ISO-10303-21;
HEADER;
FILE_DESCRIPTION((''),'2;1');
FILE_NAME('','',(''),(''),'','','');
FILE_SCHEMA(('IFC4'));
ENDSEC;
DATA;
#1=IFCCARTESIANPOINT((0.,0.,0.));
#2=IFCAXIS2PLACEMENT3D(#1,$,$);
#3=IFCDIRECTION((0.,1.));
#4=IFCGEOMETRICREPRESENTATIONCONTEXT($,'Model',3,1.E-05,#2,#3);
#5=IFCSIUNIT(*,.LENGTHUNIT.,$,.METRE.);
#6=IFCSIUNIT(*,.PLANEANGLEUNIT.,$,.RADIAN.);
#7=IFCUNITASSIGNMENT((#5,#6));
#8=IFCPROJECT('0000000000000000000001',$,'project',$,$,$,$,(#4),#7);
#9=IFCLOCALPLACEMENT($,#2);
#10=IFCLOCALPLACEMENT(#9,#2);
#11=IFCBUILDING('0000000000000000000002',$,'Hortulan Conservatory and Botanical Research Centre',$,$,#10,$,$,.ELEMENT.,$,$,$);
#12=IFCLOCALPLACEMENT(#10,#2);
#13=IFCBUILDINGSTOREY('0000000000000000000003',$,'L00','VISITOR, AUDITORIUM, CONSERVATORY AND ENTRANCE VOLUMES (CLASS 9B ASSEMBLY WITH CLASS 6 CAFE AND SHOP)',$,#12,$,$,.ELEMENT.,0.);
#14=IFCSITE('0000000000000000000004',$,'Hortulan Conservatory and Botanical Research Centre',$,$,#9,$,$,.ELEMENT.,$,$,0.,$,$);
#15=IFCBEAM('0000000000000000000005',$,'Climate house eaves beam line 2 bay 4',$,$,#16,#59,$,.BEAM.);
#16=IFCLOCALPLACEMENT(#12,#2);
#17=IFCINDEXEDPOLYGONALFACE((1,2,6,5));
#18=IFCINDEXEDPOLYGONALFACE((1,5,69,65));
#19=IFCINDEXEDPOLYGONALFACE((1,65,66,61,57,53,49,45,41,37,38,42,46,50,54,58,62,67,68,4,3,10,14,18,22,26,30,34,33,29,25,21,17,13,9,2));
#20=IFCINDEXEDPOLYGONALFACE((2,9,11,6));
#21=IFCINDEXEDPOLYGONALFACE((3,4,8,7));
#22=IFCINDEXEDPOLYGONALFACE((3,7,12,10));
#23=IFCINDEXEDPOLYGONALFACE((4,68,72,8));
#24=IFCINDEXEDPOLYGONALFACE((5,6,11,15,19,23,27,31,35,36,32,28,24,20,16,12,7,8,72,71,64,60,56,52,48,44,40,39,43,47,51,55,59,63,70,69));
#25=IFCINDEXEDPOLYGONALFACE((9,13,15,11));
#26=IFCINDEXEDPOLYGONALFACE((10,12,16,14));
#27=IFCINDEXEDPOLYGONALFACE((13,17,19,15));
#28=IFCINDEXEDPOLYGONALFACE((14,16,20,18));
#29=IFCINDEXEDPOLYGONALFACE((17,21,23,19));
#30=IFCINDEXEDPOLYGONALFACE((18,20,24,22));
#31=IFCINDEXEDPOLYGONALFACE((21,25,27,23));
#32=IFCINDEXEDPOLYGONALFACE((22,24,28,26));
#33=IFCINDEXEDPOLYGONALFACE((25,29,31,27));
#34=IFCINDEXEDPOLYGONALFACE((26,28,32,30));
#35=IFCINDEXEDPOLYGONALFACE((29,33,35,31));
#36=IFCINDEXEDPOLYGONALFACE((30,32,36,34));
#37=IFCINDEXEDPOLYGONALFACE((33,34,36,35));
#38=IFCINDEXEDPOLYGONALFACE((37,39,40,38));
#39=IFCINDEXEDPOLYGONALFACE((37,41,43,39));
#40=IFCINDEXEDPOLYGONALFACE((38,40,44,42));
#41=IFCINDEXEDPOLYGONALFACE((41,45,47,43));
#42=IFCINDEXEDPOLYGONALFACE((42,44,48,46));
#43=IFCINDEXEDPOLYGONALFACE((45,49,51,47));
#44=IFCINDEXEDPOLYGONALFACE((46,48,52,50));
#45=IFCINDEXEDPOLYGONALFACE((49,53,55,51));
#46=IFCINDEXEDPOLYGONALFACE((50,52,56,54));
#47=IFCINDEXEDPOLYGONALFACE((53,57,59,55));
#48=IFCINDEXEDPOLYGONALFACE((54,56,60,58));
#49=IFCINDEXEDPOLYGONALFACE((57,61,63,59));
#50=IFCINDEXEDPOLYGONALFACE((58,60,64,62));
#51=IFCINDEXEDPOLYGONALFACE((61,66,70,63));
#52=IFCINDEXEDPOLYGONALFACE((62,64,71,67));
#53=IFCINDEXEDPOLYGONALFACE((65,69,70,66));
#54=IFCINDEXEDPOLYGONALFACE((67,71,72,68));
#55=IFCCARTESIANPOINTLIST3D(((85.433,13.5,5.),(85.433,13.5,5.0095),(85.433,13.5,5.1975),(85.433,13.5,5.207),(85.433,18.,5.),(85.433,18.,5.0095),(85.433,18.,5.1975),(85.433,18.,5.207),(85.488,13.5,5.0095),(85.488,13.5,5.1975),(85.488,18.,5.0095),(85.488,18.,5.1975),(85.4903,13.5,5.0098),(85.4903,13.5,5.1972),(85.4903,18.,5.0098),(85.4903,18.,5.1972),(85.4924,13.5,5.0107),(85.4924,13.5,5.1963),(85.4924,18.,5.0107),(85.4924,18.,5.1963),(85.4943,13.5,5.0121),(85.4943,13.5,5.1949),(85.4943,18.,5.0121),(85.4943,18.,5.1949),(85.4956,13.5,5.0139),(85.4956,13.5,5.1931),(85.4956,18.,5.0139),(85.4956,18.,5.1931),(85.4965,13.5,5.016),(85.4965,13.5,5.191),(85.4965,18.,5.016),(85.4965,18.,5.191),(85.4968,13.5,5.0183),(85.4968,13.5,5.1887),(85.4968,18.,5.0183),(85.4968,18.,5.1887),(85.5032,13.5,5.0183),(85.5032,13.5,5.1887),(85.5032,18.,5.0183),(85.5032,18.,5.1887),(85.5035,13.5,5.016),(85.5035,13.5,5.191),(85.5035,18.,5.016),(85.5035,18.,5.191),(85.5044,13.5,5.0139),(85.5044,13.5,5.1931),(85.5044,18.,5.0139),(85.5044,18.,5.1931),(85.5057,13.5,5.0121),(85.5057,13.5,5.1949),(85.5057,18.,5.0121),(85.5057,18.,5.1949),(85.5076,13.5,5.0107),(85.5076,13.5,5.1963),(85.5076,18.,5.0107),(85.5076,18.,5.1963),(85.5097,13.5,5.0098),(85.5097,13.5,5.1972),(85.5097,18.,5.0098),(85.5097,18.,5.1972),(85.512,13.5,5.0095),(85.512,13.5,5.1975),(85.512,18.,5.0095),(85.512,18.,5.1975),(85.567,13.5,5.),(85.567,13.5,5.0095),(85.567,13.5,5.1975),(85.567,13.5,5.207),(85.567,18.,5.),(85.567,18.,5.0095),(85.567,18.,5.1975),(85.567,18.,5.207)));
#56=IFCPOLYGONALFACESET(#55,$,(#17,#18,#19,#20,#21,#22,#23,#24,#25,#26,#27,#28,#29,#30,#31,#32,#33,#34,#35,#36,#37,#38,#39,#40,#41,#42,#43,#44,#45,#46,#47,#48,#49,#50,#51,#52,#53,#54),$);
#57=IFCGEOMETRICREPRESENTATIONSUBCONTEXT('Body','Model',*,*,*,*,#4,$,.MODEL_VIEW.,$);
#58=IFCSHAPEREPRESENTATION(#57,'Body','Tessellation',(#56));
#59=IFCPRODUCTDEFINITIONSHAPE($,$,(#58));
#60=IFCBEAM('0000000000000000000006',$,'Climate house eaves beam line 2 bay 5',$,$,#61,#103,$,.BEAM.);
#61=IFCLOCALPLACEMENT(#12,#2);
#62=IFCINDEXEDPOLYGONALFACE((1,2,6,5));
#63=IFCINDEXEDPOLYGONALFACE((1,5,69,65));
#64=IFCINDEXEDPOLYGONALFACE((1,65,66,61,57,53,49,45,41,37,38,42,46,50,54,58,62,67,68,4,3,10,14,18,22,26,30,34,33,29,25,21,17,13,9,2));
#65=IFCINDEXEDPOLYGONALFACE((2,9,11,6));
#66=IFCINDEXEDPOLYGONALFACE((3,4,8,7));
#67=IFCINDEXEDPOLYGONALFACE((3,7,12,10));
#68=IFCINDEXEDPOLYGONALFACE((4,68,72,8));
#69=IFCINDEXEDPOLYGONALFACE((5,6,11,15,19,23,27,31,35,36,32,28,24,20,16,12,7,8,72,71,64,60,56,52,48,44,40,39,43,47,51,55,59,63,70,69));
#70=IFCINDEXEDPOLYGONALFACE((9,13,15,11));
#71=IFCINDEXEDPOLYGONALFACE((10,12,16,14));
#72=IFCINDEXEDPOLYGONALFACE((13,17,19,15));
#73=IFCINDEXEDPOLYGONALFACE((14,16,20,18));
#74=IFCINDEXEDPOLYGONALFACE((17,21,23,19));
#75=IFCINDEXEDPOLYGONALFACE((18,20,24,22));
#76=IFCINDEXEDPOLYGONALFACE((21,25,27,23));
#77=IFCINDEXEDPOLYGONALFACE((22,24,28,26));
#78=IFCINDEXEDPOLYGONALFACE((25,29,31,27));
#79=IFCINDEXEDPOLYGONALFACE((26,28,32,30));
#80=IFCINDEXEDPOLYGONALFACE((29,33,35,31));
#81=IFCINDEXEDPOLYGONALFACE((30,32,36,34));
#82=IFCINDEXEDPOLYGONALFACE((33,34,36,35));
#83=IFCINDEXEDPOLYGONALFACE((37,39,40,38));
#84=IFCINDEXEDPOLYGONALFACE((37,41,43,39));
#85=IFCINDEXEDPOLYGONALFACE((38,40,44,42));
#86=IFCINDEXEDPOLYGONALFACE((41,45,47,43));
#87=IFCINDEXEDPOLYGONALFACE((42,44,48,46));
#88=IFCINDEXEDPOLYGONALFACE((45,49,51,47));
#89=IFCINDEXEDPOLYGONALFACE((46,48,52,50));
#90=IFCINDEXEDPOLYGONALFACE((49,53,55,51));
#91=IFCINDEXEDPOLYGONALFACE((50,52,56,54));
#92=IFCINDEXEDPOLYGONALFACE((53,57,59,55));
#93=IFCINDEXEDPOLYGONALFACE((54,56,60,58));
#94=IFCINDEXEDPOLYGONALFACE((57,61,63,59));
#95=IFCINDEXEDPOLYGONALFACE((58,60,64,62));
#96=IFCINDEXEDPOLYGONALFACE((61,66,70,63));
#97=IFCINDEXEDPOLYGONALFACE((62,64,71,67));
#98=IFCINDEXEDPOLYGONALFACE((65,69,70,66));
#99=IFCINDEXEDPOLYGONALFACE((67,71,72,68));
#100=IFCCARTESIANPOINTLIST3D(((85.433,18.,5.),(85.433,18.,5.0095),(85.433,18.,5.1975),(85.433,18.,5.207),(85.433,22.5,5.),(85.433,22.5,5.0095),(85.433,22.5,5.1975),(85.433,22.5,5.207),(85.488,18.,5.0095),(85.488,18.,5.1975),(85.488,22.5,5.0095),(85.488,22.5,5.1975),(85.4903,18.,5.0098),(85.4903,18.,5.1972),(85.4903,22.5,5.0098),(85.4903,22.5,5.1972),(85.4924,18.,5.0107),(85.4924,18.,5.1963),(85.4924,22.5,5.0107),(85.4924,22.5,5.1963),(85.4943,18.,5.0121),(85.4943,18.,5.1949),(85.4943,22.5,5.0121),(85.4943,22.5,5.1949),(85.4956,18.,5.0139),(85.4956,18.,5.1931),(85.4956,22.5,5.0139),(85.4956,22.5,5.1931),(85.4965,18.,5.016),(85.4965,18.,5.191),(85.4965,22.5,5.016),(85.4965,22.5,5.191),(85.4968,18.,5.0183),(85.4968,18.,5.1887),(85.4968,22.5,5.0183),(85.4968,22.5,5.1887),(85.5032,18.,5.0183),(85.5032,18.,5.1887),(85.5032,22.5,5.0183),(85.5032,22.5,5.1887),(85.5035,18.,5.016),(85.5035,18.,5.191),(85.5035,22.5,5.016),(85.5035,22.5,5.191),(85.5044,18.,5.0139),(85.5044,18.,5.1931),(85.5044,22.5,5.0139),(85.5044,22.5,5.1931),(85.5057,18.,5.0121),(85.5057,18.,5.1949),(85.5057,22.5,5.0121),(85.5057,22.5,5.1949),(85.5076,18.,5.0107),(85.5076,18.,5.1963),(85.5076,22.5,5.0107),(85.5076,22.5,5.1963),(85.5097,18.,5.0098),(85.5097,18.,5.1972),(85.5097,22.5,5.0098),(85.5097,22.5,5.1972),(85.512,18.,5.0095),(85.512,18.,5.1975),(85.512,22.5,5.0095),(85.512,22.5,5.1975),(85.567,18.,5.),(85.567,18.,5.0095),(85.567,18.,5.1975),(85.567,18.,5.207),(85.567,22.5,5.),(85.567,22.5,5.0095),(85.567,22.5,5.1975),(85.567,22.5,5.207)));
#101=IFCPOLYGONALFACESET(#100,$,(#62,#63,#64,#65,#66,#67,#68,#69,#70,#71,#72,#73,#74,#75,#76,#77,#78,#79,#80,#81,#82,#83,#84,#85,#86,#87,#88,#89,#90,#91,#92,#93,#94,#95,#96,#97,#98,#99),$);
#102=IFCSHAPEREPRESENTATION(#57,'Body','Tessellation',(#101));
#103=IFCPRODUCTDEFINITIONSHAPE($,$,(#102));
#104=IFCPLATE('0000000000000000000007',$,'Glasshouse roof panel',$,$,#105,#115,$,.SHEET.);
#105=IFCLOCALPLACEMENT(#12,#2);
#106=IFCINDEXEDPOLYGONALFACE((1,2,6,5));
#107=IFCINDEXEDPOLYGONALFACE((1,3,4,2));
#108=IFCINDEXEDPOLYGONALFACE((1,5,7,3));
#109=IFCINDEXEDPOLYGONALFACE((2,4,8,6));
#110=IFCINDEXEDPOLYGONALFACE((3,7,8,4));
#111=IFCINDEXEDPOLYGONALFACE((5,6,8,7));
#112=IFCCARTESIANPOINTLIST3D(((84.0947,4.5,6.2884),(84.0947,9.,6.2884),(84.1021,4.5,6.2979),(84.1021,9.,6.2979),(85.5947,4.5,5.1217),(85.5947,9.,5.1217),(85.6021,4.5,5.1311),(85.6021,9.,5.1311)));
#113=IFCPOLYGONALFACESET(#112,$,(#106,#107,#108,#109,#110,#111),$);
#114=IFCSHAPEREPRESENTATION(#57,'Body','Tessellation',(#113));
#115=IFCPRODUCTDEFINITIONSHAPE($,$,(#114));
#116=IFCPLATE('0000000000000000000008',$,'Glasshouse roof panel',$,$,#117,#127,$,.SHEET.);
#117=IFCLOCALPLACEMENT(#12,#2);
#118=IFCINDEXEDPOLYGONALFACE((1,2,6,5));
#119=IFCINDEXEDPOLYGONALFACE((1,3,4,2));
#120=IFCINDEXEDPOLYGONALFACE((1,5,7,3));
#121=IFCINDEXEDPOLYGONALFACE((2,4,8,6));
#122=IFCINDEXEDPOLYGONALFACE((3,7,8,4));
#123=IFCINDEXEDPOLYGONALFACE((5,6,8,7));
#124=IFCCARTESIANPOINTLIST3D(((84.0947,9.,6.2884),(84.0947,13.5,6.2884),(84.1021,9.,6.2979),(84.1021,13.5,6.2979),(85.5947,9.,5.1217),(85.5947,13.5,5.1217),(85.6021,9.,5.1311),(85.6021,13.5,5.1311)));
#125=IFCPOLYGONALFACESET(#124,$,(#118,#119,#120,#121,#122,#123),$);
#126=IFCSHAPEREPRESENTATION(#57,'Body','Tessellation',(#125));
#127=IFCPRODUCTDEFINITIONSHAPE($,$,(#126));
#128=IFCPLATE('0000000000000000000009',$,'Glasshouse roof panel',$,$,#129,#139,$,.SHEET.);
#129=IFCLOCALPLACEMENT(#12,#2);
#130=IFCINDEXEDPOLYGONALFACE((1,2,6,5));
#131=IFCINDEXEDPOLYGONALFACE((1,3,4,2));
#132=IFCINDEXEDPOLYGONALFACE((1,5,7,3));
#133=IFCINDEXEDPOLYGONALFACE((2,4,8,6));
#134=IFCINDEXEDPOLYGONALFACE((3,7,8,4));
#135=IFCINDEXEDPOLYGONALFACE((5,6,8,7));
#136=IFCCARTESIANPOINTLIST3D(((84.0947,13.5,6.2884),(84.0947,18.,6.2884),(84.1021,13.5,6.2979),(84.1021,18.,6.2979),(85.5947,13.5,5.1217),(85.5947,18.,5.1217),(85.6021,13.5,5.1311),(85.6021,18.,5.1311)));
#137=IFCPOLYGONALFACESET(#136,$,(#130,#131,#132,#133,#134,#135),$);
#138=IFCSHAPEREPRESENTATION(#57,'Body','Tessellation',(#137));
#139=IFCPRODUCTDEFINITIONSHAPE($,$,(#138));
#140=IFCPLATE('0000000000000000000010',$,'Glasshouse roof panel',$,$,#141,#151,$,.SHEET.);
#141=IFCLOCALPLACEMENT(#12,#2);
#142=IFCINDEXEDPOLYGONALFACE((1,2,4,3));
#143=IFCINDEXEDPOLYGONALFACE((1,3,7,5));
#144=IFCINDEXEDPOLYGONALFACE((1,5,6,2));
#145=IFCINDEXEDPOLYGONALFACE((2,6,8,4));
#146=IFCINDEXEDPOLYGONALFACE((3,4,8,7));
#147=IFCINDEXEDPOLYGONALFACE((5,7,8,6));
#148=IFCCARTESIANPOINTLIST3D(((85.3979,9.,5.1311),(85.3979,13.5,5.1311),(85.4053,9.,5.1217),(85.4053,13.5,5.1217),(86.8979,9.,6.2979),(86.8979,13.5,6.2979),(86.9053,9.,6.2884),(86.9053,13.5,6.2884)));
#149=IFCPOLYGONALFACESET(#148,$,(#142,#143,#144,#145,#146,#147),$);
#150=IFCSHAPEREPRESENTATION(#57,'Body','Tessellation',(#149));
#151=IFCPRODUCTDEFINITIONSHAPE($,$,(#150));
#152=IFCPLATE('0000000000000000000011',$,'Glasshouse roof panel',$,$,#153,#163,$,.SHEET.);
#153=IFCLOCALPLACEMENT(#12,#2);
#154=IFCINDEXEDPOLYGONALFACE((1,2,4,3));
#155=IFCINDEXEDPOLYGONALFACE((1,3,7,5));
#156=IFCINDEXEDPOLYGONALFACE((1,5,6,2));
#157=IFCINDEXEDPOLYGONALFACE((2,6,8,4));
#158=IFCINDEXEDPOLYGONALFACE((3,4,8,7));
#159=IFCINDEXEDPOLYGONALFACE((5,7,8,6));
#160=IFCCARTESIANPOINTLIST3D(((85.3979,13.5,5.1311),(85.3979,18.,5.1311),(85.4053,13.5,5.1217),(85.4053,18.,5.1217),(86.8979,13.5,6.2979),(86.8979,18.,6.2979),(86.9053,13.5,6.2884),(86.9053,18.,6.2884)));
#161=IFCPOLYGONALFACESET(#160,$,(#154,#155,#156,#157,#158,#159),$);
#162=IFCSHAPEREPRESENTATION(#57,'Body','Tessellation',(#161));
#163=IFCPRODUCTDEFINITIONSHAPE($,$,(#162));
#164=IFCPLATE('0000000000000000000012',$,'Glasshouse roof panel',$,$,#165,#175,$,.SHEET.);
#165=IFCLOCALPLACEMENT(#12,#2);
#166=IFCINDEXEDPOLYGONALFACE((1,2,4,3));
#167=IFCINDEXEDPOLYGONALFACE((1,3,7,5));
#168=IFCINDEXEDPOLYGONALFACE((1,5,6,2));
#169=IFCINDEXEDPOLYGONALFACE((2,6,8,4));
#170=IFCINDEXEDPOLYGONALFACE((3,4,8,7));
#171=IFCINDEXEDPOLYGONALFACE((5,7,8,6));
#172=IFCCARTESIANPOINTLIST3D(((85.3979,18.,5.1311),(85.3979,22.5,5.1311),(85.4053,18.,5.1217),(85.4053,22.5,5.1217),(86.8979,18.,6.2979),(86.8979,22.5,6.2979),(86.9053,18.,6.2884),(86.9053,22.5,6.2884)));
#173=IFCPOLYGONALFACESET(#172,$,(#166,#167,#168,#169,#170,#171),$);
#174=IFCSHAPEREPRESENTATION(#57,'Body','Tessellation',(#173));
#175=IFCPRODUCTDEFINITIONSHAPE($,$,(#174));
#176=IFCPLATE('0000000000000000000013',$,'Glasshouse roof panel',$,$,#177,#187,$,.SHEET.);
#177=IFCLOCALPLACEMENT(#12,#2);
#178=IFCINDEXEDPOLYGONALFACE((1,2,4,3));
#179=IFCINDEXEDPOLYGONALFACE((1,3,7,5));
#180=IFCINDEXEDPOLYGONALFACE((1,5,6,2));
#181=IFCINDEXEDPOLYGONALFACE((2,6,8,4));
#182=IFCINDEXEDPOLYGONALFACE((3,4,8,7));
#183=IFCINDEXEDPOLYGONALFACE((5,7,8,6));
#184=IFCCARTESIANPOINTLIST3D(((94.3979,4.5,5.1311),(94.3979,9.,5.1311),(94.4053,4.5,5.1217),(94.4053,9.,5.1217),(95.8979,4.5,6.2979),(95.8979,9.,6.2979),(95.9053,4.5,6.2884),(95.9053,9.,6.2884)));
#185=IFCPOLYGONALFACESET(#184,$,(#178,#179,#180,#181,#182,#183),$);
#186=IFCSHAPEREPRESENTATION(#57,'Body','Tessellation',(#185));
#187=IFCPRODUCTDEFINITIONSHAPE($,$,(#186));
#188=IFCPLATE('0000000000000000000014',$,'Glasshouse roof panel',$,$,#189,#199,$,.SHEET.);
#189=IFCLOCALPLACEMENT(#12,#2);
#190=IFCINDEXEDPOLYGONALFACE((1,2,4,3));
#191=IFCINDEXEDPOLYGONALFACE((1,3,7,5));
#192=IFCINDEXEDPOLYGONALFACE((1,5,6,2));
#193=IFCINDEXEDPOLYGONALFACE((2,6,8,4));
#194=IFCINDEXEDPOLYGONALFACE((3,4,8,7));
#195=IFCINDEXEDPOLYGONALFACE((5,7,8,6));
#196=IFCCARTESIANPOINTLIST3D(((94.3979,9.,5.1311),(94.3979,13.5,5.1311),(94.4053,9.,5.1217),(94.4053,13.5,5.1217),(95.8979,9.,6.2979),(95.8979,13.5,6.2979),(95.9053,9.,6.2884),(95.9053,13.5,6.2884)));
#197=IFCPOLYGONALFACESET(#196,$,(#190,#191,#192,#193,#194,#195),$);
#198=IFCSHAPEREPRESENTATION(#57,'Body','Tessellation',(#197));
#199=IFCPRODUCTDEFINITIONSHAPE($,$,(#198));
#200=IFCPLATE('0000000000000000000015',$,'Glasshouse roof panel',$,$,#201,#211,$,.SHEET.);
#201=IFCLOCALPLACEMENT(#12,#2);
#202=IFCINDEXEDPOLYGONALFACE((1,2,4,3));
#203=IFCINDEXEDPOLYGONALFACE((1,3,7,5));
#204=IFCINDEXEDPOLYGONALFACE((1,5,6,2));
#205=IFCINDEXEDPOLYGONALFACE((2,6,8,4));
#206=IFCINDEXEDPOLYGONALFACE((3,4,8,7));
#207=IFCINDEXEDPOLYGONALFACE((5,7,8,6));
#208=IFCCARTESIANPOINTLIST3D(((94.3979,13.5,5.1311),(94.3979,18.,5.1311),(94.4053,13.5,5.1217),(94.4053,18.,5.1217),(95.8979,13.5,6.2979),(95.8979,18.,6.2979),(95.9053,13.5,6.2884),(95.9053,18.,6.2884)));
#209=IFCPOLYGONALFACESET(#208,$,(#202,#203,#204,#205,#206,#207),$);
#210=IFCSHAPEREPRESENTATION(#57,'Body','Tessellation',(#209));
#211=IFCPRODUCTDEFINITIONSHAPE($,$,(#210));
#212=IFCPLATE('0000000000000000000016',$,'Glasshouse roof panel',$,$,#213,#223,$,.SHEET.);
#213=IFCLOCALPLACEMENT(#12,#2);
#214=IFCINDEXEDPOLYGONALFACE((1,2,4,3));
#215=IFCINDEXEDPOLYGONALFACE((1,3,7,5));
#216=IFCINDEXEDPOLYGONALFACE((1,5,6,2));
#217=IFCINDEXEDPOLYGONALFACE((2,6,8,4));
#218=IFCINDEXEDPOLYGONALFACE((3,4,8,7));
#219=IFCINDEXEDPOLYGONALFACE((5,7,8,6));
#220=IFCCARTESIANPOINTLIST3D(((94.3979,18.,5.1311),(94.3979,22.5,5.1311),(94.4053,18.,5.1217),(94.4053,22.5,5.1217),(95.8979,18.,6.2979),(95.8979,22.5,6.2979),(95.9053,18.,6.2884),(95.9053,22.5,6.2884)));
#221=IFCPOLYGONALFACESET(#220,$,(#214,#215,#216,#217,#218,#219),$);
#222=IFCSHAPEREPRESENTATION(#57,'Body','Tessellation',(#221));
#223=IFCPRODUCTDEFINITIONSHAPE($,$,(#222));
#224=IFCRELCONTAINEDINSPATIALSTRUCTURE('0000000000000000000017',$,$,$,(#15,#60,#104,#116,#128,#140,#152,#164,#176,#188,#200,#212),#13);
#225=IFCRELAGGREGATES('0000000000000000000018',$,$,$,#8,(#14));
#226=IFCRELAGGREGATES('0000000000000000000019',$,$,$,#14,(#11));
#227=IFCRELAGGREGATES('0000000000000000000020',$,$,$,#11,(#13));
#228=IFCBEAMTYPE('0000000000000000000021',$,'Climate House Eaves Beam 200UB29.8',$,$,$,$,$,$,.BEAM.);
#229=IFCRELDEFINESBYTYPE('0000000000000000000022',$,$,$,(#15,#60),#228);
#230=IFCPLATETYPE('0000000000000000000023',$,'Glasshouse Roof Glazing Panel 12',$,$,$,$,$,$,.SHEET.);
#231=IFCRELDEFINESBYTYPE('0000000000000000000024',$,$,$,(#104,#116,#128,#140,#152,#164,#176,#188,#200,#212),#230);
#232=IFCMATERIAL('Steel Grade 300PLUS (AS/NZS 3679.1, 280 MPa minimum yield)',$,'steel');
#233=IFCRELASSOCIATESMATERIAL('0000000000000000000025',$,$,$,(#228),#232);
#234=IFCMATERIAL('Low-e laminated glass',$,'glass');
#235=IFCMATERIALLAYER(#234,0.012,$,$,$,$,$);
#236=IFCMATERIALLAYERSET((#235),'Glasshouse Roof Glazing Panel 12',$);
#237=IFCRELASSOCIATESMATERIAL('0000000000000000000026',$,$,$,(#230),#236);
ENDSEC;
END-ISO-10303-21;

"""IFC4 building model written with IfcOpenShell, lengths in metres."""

from ifc_helpers import new_model, si_unit, direction, frame, origin, origin_2d, place, context, subcontext, project, spatial, polyline, i_section, outline, extrude, material, layer, layer_set, material_profile, profile_set, type_object, element, save


model = new_model("IFC4")

# Units and contexts
model_context = context("Model", 3, precision=1e-05, world=origin(), true_north=direction((0.0, 1.0)))
body_context = subcontext(model_context, "Body", "Model", "MODEL_VIEW")
ifc_project = project(units=[si_unit("LENGTHUNIT", "METRE"), si_unit("PLANEANGLEUNIT", "RADIAN")], contexts=[model_context])

# Site, building, storey
site_placement = place(None, origin())
site = spatial("IfcSite", under=ifc_project, at=site_placement, Name="Hortulan Conservatory and Botanical Research Centre", CompositionType="ELEMENT", RefElevation=0.0)
building_placement = place(site_placement, origin())
building = spatial("IfcBuilding", under=site, at=building_placement, Name="Hortulan Conservatory and Botanical Research Centre", CompositionType="ELEMENT")
storey_placement = place(building_placement, origin())
storey = spatial("IfcBuildingStorey", under=building, at=storey_placement, Name="L00", Description="VISITOR, AUDITORIUM, CONSERVATORY AND ENTRANCE VOLUMES (CLASS 9B ASSEMBLY WITH CLASS 6 CAFE AND SHOP)", CompositionType="ELEMENT", Elevation=0.0)

# Shared definitions
ifc_material_1 = material(Name="Steel Grade 300PLUS (AS/NZS 3679.1, 280 MPa minimum yield)", Category="steel")

# Beams
ifc_material_profile_1 = material_profile(ifc_material_1, i_section(OverallWidth=0.134, OverallDepth=0.207, WebThickness=0.0063, FlangeThickness=0.0095, FilletRadius=0.0088, at=origin_2d()), Name="200UB29.8")
ifc_profile_set_1 = profile_set([ifc_material_profile_1], Name="Steel Grade 300PLUS (AS/NZS 3679.1, 280 MPa minimum yield)")
beam_type = type_object("IfcBeamType", Name="Climate House Eaves Beam 200UB29.8", PredefinedType="BEAM", material=ifc_profile_set_1)
for number, where, z_axis, x_axis, name in (
    (1, (85.5, 13.5, 5.1035), (0.0, 1.0, 0.0), (-1.0, 0.0, 0.0), "Climate house eaves beam line 2 bay 4"),
    (2, (85.5, 18.0, 5.1035), (0.0, 1.0, 0.0), (-1.0, 0.0, 0.0), "Climate house eaves beam line 2 bay 5"),
):
    element("IfcBeam", number, at=place(storey_placement, frame(where, z_axis=z_axis, x_axis=x_axis)), inside=storey, type_object=beam_type, Name=name, PredefinedType="BEAM", context=body_context, shape_type="SweptSolid", body=[
        extrude(i_section(OverallWidth=0.134, OverallDepth=0.207, WebThickness=0.0063, FlangeThickness=0.0095, FilletRadius=0.0088, at=origin_2d()), origin(), (0.0, 0.0, 1.0), 4.5),
    ])

# Plates
ifc_material_2 = material(Name="Low-e laminated glass", Category="glass")
ifc_layer_1 = layer(ifc_material_2, 0.012)
ifc_layer_set_1 = layer_set([ifc_layer_1], Name="Glasshouse Roof Glazing Panel 12")
plate_type = type_object("IfcPlateType", Name="Glasshouse Roof Glazing Panel 12", PredefinedType="SHEET", material=ifc_layer_set_1)
for number, where, z_axis, x_axis, name in (
    (3, (85.6021, 9.0, 5.1311), (0.613967, 0.0, 0.789331), (-0.789331, 0.0, 0.613967), "Glasshouse roof panel"),
    (4, (85.6021, 13.5, 5.1311), (0.613967, 0.0, 0.789331), (-0.789331, 0.0, 0.613967), "Glasshouse roof panel"),
    (5, (85.6021, 18.0, 5.1311), (0.613967, 0.0, 0.789331), (-0.789331, 0.0, 0.613967), "Glasshouse roof panel"),
    (6, (85.3979, 9.0, 5.1311), (-0.613967, 0.0, 0.789331), (0.789331, 0.0, 0.613967), "Glasshouse roof panel"),
    (7, (85.3979, 13.5, 5.1311), (-0.613967, 0.0, 0.789331), (0.789331, 0.0, 0.613967), "Glasshouse roof panel"),
    (8, (85.3979, 18.0, 5.1311), (-0.613967, 0.0, 0.789331), (0.789331, 0.0, 0.613967), "Glasshouse roof panel"),
    (9, (94.3979, 4.5, 5.1311), (-0.613967, 0.0, 0.789331), (0.789331, 0.0, 0.613967), "Glasshouse roof panel"),
    (10, (94.3979, 9.0, 5.1311), (-0.613967, 0.0, 0.789331), (0.789331, 0.0, 0.613967), "Glasshouse roof panel"),
    (11, (94.3979, 13.5, 5.1311), (-0.613967, 0.0, 0.789331), (0.789331, 0.0, 0.613967), "Glasshouse roof panel"),
    (12, (94.3979, 18.0, 5.1311), (-0.613967, 0.0, 0.789331), (0.789331, 0.0, 0.613967), "Glasshouse roof panel"),
):
    element("IfcPlate", number, at=place(storey_placement, frame(where, z_axis=z_axis, x_axis=x_axis)), inside=storey, type_object=plate_type, Name=name, PredefinedType="SHEET", context=body_context, shape_type="SweptSolid", body=[
        extrude(outline(polyline([(0.0, 0.0), (1.9003, 0.0), (1.9003, 4.5), (0.0, 4.5), (0.0, 0.0)])), origin(), (0.0, 0.0, -1.0), 0.012),
    ])

save(model, "model.ifc")
